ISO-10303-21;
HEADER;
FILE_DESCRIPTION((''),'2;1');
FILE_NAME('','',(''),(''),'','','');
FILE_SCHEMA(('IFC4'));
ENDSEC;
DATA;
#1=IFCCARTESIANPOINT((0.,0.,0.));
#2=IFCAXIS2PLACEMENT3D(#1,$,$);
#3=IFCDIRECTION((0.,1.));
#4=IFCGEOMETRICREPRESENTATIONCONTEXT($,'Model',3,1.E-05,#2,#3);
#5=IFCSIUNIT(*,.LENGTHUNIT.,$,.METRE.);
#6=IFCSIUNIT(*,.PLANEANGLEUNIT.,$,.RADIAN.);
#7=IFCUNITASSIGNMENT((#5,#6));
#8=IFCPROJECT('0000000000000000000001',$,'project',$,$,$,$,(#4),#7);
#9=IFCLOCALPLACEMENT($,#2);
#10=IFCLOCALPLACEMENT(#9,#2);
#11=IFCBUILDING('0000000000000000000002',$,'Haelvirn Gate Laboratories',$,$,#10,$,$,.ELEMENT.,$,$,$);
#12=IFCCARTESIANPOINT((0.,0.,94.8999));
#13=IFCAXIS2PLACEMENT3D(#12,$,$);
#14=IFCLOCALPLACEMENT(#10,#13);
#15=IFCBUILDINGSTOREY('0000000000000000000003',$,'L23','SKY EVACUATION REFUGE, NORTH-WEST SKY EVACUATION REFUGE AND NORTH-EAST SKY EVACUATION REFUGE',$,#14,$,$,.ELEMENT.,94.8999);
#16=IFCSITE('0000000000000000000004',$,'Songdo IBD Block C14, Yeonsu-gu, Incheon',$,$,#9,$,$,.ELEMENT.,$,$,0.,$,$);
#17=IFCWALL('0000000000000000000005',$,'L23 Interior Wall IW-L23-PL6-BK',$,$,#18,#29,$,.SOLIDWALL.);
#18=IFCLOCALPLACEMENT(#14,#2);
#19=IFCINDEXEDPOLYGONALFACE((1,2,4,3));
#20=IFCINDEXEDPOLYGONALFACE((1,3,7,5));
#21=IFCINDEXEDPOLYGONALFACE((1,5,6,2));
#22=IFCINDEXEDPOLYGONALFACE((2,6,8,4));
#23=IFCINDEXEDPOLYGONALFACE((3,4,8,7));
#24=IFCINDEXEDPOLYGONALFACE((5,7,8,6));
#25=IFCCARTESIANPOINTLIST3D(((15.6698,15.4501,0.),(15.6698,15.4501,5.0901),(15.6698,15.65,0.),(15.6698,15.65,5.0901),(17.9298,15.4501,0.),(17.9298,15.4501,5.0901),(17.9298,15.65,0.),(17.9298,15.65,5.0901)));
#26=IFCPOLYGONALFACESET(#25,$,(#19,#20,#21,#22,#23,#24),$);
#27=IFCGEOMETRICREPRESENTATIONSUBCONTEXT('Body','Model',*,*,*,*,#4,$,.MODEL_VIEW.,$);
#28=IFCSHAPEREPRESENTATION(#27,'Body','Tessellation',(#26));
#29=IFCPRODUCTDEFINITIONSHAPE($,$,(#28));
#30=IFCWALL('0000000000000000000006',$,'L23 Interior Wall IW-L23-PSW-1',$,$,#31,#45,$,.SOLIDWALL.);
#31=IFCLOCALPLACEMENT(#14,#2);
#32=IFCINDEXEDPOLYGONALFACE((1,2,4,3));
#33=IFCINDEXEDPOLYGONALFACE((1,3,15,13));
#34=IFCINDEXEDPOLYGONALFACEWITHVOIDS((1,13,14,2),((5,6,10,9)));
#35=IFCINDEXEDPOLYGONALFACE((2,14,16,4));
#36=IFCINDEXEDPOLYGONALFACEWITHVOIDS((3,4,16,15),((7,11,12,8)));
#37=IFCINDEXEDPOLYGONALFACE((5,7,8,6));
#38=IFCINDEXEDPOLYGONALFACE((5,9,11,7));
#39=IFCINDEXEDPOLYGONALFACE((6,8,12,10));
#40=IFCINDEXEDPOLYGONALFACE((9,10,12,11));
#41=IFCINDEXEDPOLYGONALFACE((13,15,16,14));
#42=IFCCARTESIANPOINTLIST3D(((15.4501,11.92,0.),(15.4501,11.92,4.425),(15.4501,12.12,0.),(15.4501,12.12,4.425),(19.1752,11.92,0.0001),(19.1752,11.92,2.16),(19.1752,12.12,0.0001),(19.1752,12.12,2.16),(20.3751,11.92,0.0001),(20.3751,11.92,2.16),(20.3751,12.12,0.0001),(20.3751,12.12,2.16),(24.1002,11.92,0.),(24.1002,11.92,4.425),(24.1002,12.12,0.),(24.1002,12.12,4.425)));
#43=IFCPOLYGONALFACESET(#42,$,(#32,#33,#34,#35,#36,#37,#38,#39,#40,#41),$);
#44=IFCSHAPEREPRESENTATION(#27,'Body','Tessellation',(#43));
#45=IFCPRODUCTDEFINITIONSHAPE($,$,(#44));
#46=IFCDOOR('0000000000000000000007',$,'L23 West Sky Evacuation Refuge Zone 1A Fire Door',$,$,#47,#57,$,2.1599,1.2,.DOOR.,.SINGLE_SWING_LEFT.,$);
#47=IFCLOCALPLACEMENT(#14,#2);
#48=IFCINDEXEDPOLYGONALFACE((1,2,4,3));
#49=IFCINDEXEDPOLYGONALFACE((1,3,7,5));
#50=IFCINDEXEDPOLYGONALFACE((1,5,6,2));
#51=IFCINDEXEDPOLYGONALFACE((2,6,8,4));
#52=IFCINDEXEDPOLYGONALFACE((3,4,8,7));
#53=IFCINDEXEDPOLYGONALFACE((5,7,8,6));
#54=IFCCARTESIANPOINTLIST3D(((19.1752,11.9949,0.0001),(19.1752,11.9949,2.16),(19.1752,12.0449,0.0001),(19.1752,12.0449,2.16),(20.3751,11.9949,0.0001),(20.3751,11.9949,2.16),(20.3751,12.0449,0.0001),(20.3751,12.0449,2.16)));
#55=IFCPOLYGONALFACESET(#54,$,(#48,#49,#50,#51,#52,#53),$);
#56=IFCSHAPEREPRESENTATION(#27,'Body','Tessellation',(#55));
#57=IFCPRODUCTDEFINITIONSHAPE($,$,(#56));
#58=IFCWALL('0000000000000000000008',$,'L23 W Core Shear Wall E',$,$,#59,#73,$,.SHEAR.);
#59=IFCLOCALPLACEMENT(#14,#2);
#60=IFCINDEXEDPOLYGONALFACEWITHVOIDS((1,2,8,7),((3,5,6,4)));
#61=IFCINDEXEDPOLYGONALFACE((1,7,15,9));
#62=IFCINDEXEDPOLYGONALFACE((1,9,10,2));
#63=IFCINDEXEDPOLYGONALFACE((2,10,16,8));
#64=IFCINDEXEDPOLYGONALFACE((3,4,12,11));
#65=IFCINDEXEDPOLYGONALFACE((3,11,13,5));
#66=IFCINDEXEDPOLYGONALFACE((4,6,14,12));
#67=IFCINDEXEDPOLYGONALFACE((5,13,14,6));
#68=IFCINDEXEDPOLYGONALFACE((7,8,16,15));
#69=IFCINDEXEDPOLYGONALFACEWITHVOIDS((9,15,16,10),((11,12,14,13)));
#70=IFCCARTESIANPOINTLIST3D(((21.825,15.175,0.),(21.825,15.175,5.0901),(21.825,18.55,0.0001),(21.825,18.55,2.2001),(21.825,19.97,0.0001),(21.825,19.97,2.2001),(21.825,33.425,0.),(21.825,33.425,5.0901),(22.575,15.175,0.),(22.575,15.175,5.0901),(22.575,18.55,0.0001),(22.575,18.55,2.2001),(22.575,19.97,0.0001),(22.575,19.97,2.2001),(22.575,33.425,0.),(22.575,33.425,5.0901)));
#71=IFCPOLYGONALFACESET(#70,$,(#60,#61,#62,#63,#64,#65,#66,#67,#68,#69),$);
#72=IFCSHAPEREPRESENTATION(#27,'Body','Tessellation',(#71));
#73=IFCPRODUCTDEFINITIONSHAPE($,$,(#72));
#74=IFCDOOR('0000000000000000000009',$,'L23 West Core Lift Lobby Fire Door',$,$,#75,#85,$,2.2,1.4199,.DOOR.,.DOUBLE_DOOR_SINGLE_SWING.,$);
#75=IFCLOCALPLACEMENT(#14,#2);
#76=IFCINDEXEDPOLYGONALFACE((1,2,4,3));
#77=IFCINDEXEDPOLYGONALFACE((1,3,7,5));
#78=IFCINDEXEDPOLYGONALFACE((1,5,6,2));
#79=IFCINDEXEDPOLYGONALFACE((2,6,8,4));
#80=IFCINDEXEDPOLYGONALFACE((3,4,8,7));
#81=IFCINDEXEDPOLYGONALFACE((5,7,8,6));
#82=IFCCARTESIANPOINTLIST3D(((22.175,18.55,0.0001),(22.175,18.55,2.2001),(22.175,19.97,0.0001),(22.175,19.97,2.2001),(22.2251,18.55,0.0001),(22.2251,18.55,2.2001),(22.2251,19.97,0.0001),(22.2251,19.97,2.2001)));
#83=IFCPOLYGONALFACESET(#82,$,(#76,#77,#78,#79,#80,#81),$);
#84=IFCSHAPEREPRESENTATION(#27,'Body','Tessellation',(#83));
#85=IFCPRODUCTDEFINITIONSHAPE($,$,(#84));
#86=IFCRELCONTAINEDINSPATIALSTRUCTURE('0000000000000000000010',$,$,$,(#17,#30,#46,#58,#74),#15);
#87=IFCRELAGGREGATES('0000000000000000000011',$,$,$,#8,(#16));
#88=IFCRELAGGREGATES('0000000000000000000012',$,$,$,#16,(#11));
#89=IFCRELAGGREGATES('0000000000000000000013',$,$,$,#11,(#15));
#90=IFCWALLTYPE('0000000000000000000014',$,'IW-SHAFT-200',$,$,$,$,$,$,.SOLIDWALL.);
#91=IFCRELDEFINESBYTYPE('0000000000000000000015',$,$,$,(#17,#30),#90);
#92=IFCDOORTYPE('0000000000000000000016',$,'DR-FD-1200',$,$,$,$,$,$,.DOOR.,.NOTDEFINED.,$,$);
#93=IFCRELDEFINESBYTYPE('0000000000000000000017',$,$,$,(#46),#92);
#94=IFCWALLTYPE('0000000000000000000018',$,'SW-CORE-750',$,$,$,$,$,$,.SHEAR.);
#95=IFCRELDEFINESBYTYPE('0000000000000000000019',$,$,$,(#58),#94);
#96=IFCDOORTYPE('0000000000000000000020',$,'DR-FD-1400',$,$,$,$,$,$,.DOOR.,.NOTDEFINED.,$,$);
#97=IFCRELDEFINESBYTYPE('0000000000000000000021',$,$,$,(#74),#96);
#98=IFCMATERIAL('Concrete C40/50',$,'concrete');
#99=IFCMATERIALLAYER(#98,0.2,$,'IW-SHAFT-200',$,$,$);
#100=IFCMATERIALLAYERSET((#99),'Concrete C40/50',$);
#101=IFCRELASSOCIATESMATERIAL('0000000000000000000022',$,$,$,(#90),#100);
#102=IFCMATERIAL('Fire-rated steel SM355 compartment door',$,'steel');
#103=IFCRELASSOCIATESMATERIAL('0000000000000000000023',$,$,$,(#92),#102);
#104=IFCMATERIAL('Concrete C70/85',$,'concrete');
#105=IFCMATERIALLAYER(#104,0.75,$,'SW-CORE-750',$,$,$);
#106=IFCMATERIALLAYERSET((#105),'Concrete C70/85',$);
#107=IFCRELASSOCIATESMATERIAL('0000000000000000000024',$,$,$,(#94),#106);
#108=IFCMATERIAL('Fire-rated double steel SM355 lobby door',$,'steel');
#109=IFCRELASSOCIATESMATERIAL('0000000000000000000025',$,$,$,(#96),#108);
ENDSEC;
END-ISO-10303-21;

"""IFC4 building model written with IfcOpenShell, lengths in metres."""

from ifc_helpers import new_model, si_unit, direction, frame, frame_2d, origin, place, context, subcontext, project, spatial, rectangle, extrude, source, transform, mapped, material, layer, layer_set, type_object, type_shapes, element, fill, save


model = new_model("IFC4")

# Units and contexts
model_context = context("Model", 3, precision=1e-05, world=origin(), true_north=direction((0.0, 1.0)))
body_context = subcontext(model_context, "Body", "Model", "MODEL_VIEW")
ifc_project = project(units=[si_unit("LENGTHUNIT", "METRE"), si_unit("PLANEANGLEUNIT", "RADIAN")], contexts=[model_context])

# Site, building, storey
site_placement = place(None, origin())
site = spatial("IfcSite", under=ifc_project, at=site_placement, Name="Songdo IBD Block C14, Yeonsu-gu, Incheon", CompositionType="ELEMENT", RefElevation=0.0)
building_placement = place(site_placement, origin())
building = spatial("IfcBuilding", under=site, at=building_placement, Name="Haelvirn Gate Laboratories", CompositionType="ELEMENT")
storey_placement = place(building_placement, frame((0.0, 0.0, 94.8999)))
storey = spatial("IfcBuildingStorey", under=building, at=storey_placement, Name="L23", Description="SKY EVACUATION REFUGE, NORTH-WEST SKY EVACUATION REFUGE AND NORTH-EAST SKY EVACUATION REFUGE", CompositionType="ELEMENT", Elevation=94.8999)

# Shared definitions
ifc_material_1 = material(Name="Concrete C70/85", Category="concrete")

# Wall
ifc_material_2 = material(Name="Concrete C40/50", Category="concrete")
ifc_layer_1 = layer(ifc_material_2, 0.2, Name="IW-SHAFT-200")
ifc_layer_set_1 = layer_set([ifc_layer_1], Name="Concrete C40/50")
wall_type_1 = type_object("IfcWallType", Name="IW-SHAFT-200", PredefinedType="SOLIDWALL", material=ifc_layer_set_1)
for number, where, z_axis, x_axis, name in (
    (1, (15.6699, 15.55, 0.0), (0.0, 0.0, 1.0), (1.0, 0.0, 0.0), "L23 Interior Wall IW-L23-PL6-BK"),
):
    element("IfcWall", number, at=place(storey_placement, frame(where, z_axis=z_axis, x_axis=x_axis)), inside=storey, type_object=wall_type_1, Name=name, PredefinedType="SOLIDWALL", context=body_context, shape_type="SweptSolid", body=[
        extrude(rectangle(XDim=2.26, YDim=0.2, at=frame_2d((1.1299, 0.0))), origin(), (0.0, 0.0, 1.0), 5.0901),
    ])

# Walls, openings, doors
wall_1_placement = place(storey_placement, frame((15.45, 12.02, 0.0), z_axis=(0.0, 0.0, 1.0), x_axis=(1.0, 0.0, 0.0)))
wall_1 = element("IfcWall", 2, at=wall_1_placement, inside=storey, type_object=wall_type_1, Name="L23 Interior Wall IW-L23-PSW-1", PredefinedType="SOLIDWALL", context=body_context, shape_type="SweptSolid", body=[
    extrude(rectangle(XDim=8.6501, YDim=0.2, at=frame_2d((4.3252, 0.0))), origin(), (0.0, 0.0, 1.0), 4.425),
])
opening_1_placement = place(wall_1_placement, frame((3.7251, 0.0, 0.0)))
opening_1 = element("IfcOpeningElement", 3, at=opening_1_placement, cuts=wall_1, PredefinedType="OPENING", context=body_context, shape_type="SweptSolid", body=[
    extrude(rectangle(XDim=1.2, YDim=2.1599, at=frame_2d((0.6001, 1.0801))), frame((0.0, 0.1099, 0.0), z_axis=(0.0, -1.0, 0.0), x_axis=(1.0, 0.0, 0.0)), (0.0, 0.0, 1.0), 0.22),
])
ifc_material_3 = material(Name="Fire-rated steel SM355 compartment door", Category="steel")
door_type_1 = type_object("IfcDoorType", Name="DR-FD-1200", OperationType="NOTDEFINED", PredefinedType="DOOR", material=ifc_material_3)
shared_shape_1 = source(origin(), body_context, "Body", "SweptSolid", [
    extrude(rectangle(XDim=1.2, YDim=2.1599, at=frame_2d((0.6001, 1.0801))), frame((0.0, 0.0249, 0.0), z_axis=(0.0, -1.0, 0.0), x_axis=(1.0, 0.0, 0.0)), (0.0, 0.0, 1.0), 0.05),
])
type_shapes(door_type_1, [shared_shape_1])
door_1_placement = place(opening_1_placement, origin())
door_1 = element("IfcDoor", 4, at=door_1_placement, inside=storey, type_object=door_type_1, Name="L23 West Sky Evacuation Refuge Zone 1A Fire Door", OperationType="SINGLE_SWING_LEFT", OverallHeight=2.1599, OverallWidth=1.2, PredefinedType="DOOR", context=body_context, shape_type="MappedRepresentation", body=[
    mapped(shared_shape_1, transform((0.0, 0.0, 0.0), scale=1.0)),
])
fill(opening_1, door_1)
ifc_layer_2 = layer(ifc_material_1, 0.75, Name="SW-CORE-750")
ifc_layer_set_2 = layer_set([ifc_layer_2], Name="Concrete C70/85")
wall_type_2 = type_object("IfcWallType", Name="SW-CORE-750", PredefinedType="SHEAR", material=ifc_layer_set_2)
wall_2_placement = place(storey_placement, frame((22.2, 15.175, 0.0), z_axis=(0.0, 0.0, 1.0), x_axis=(0.0, 1.0, 0.0)))
wall_2 = element("IfcWall", 5, at=wall_2_placement, inside=storey, type_object=wall_type_2, Name="L23 W Core Shear Wall E", PredefinedType="SHEAR", context=body_context, shape_type="SweptSolid", body=[
    extrude(rectangle(XDim=18.25, YDim=0.75, at=frame_2d((9.125, 0.0))), origin(), (0.0, 0.0, 1.0), 5.0901),
])
opening_2_placement = place(wall_2_placement, frame((3.375, 0.0, 0.0)))
opening_2 = element("IfcOpeningElement", 6, at=opening_2_placement, cuts=wall_2, PredefinedType="OPENING", context=body_context, shape_type="SweptSolid", body=[
    extrude(rectangle(XDim=1.4199, YDim=2.2, at=frame_2d((0.71, 1.1001))), frame((0.0, 0.385, 0.0), z_axis=(0.0, -1.0, 0.0), x_axis=(1.0, 0.0, 0.0)), (0.0, 0.0, 1.0), 0.77),
])
ifc_material_4 = material(Name="Fire-rated double steel SM355 lobby door", Category="steel")
door_type_2 = type_object("IfcDoorType", Name="DR-FD-1400", OperationType="NOTDEFINED", PredefinedType="DOOR", material=ifc_material_4)
shared_shape_2 = source(origin(), body_context, "Body", "SweptSolid", [
    extrude(rectangle(XDim=1.4199, YDim=2.2, at=frame_2d((0.71, 1.1001))), frame((0.0, 0.0249, 0.0), z_axis=(0.0, -1.0, 0.0), x_axis=(1.0, 0.0, 0.0)), (0.0, 0.0, 1.0), 0.05),
])
type_shapes(door_type_2, [shared_shape_2])
door_2_placement = place(opening_2_placement, origin())
door_2 = element("IfcDoor", 7, at=door_2_placement, inside=storey, type_object=door_type_2, Name="L23 West Core Lift Lobby Fire Door", OperationType="DOUBLE_DOOR_SINGLE_SWING", OverallHeight=2.2, OverallWidth=1.4199, PredefinedType="DOOR", context=body_context, shape_type="MappedRepresentation", body=[
    mapped(shared_shape_2, transform((0.0, 0.0, 0.0), scale=1.0)),
])
fill(opening_2, door_2)

save(model, "model.ifc")
